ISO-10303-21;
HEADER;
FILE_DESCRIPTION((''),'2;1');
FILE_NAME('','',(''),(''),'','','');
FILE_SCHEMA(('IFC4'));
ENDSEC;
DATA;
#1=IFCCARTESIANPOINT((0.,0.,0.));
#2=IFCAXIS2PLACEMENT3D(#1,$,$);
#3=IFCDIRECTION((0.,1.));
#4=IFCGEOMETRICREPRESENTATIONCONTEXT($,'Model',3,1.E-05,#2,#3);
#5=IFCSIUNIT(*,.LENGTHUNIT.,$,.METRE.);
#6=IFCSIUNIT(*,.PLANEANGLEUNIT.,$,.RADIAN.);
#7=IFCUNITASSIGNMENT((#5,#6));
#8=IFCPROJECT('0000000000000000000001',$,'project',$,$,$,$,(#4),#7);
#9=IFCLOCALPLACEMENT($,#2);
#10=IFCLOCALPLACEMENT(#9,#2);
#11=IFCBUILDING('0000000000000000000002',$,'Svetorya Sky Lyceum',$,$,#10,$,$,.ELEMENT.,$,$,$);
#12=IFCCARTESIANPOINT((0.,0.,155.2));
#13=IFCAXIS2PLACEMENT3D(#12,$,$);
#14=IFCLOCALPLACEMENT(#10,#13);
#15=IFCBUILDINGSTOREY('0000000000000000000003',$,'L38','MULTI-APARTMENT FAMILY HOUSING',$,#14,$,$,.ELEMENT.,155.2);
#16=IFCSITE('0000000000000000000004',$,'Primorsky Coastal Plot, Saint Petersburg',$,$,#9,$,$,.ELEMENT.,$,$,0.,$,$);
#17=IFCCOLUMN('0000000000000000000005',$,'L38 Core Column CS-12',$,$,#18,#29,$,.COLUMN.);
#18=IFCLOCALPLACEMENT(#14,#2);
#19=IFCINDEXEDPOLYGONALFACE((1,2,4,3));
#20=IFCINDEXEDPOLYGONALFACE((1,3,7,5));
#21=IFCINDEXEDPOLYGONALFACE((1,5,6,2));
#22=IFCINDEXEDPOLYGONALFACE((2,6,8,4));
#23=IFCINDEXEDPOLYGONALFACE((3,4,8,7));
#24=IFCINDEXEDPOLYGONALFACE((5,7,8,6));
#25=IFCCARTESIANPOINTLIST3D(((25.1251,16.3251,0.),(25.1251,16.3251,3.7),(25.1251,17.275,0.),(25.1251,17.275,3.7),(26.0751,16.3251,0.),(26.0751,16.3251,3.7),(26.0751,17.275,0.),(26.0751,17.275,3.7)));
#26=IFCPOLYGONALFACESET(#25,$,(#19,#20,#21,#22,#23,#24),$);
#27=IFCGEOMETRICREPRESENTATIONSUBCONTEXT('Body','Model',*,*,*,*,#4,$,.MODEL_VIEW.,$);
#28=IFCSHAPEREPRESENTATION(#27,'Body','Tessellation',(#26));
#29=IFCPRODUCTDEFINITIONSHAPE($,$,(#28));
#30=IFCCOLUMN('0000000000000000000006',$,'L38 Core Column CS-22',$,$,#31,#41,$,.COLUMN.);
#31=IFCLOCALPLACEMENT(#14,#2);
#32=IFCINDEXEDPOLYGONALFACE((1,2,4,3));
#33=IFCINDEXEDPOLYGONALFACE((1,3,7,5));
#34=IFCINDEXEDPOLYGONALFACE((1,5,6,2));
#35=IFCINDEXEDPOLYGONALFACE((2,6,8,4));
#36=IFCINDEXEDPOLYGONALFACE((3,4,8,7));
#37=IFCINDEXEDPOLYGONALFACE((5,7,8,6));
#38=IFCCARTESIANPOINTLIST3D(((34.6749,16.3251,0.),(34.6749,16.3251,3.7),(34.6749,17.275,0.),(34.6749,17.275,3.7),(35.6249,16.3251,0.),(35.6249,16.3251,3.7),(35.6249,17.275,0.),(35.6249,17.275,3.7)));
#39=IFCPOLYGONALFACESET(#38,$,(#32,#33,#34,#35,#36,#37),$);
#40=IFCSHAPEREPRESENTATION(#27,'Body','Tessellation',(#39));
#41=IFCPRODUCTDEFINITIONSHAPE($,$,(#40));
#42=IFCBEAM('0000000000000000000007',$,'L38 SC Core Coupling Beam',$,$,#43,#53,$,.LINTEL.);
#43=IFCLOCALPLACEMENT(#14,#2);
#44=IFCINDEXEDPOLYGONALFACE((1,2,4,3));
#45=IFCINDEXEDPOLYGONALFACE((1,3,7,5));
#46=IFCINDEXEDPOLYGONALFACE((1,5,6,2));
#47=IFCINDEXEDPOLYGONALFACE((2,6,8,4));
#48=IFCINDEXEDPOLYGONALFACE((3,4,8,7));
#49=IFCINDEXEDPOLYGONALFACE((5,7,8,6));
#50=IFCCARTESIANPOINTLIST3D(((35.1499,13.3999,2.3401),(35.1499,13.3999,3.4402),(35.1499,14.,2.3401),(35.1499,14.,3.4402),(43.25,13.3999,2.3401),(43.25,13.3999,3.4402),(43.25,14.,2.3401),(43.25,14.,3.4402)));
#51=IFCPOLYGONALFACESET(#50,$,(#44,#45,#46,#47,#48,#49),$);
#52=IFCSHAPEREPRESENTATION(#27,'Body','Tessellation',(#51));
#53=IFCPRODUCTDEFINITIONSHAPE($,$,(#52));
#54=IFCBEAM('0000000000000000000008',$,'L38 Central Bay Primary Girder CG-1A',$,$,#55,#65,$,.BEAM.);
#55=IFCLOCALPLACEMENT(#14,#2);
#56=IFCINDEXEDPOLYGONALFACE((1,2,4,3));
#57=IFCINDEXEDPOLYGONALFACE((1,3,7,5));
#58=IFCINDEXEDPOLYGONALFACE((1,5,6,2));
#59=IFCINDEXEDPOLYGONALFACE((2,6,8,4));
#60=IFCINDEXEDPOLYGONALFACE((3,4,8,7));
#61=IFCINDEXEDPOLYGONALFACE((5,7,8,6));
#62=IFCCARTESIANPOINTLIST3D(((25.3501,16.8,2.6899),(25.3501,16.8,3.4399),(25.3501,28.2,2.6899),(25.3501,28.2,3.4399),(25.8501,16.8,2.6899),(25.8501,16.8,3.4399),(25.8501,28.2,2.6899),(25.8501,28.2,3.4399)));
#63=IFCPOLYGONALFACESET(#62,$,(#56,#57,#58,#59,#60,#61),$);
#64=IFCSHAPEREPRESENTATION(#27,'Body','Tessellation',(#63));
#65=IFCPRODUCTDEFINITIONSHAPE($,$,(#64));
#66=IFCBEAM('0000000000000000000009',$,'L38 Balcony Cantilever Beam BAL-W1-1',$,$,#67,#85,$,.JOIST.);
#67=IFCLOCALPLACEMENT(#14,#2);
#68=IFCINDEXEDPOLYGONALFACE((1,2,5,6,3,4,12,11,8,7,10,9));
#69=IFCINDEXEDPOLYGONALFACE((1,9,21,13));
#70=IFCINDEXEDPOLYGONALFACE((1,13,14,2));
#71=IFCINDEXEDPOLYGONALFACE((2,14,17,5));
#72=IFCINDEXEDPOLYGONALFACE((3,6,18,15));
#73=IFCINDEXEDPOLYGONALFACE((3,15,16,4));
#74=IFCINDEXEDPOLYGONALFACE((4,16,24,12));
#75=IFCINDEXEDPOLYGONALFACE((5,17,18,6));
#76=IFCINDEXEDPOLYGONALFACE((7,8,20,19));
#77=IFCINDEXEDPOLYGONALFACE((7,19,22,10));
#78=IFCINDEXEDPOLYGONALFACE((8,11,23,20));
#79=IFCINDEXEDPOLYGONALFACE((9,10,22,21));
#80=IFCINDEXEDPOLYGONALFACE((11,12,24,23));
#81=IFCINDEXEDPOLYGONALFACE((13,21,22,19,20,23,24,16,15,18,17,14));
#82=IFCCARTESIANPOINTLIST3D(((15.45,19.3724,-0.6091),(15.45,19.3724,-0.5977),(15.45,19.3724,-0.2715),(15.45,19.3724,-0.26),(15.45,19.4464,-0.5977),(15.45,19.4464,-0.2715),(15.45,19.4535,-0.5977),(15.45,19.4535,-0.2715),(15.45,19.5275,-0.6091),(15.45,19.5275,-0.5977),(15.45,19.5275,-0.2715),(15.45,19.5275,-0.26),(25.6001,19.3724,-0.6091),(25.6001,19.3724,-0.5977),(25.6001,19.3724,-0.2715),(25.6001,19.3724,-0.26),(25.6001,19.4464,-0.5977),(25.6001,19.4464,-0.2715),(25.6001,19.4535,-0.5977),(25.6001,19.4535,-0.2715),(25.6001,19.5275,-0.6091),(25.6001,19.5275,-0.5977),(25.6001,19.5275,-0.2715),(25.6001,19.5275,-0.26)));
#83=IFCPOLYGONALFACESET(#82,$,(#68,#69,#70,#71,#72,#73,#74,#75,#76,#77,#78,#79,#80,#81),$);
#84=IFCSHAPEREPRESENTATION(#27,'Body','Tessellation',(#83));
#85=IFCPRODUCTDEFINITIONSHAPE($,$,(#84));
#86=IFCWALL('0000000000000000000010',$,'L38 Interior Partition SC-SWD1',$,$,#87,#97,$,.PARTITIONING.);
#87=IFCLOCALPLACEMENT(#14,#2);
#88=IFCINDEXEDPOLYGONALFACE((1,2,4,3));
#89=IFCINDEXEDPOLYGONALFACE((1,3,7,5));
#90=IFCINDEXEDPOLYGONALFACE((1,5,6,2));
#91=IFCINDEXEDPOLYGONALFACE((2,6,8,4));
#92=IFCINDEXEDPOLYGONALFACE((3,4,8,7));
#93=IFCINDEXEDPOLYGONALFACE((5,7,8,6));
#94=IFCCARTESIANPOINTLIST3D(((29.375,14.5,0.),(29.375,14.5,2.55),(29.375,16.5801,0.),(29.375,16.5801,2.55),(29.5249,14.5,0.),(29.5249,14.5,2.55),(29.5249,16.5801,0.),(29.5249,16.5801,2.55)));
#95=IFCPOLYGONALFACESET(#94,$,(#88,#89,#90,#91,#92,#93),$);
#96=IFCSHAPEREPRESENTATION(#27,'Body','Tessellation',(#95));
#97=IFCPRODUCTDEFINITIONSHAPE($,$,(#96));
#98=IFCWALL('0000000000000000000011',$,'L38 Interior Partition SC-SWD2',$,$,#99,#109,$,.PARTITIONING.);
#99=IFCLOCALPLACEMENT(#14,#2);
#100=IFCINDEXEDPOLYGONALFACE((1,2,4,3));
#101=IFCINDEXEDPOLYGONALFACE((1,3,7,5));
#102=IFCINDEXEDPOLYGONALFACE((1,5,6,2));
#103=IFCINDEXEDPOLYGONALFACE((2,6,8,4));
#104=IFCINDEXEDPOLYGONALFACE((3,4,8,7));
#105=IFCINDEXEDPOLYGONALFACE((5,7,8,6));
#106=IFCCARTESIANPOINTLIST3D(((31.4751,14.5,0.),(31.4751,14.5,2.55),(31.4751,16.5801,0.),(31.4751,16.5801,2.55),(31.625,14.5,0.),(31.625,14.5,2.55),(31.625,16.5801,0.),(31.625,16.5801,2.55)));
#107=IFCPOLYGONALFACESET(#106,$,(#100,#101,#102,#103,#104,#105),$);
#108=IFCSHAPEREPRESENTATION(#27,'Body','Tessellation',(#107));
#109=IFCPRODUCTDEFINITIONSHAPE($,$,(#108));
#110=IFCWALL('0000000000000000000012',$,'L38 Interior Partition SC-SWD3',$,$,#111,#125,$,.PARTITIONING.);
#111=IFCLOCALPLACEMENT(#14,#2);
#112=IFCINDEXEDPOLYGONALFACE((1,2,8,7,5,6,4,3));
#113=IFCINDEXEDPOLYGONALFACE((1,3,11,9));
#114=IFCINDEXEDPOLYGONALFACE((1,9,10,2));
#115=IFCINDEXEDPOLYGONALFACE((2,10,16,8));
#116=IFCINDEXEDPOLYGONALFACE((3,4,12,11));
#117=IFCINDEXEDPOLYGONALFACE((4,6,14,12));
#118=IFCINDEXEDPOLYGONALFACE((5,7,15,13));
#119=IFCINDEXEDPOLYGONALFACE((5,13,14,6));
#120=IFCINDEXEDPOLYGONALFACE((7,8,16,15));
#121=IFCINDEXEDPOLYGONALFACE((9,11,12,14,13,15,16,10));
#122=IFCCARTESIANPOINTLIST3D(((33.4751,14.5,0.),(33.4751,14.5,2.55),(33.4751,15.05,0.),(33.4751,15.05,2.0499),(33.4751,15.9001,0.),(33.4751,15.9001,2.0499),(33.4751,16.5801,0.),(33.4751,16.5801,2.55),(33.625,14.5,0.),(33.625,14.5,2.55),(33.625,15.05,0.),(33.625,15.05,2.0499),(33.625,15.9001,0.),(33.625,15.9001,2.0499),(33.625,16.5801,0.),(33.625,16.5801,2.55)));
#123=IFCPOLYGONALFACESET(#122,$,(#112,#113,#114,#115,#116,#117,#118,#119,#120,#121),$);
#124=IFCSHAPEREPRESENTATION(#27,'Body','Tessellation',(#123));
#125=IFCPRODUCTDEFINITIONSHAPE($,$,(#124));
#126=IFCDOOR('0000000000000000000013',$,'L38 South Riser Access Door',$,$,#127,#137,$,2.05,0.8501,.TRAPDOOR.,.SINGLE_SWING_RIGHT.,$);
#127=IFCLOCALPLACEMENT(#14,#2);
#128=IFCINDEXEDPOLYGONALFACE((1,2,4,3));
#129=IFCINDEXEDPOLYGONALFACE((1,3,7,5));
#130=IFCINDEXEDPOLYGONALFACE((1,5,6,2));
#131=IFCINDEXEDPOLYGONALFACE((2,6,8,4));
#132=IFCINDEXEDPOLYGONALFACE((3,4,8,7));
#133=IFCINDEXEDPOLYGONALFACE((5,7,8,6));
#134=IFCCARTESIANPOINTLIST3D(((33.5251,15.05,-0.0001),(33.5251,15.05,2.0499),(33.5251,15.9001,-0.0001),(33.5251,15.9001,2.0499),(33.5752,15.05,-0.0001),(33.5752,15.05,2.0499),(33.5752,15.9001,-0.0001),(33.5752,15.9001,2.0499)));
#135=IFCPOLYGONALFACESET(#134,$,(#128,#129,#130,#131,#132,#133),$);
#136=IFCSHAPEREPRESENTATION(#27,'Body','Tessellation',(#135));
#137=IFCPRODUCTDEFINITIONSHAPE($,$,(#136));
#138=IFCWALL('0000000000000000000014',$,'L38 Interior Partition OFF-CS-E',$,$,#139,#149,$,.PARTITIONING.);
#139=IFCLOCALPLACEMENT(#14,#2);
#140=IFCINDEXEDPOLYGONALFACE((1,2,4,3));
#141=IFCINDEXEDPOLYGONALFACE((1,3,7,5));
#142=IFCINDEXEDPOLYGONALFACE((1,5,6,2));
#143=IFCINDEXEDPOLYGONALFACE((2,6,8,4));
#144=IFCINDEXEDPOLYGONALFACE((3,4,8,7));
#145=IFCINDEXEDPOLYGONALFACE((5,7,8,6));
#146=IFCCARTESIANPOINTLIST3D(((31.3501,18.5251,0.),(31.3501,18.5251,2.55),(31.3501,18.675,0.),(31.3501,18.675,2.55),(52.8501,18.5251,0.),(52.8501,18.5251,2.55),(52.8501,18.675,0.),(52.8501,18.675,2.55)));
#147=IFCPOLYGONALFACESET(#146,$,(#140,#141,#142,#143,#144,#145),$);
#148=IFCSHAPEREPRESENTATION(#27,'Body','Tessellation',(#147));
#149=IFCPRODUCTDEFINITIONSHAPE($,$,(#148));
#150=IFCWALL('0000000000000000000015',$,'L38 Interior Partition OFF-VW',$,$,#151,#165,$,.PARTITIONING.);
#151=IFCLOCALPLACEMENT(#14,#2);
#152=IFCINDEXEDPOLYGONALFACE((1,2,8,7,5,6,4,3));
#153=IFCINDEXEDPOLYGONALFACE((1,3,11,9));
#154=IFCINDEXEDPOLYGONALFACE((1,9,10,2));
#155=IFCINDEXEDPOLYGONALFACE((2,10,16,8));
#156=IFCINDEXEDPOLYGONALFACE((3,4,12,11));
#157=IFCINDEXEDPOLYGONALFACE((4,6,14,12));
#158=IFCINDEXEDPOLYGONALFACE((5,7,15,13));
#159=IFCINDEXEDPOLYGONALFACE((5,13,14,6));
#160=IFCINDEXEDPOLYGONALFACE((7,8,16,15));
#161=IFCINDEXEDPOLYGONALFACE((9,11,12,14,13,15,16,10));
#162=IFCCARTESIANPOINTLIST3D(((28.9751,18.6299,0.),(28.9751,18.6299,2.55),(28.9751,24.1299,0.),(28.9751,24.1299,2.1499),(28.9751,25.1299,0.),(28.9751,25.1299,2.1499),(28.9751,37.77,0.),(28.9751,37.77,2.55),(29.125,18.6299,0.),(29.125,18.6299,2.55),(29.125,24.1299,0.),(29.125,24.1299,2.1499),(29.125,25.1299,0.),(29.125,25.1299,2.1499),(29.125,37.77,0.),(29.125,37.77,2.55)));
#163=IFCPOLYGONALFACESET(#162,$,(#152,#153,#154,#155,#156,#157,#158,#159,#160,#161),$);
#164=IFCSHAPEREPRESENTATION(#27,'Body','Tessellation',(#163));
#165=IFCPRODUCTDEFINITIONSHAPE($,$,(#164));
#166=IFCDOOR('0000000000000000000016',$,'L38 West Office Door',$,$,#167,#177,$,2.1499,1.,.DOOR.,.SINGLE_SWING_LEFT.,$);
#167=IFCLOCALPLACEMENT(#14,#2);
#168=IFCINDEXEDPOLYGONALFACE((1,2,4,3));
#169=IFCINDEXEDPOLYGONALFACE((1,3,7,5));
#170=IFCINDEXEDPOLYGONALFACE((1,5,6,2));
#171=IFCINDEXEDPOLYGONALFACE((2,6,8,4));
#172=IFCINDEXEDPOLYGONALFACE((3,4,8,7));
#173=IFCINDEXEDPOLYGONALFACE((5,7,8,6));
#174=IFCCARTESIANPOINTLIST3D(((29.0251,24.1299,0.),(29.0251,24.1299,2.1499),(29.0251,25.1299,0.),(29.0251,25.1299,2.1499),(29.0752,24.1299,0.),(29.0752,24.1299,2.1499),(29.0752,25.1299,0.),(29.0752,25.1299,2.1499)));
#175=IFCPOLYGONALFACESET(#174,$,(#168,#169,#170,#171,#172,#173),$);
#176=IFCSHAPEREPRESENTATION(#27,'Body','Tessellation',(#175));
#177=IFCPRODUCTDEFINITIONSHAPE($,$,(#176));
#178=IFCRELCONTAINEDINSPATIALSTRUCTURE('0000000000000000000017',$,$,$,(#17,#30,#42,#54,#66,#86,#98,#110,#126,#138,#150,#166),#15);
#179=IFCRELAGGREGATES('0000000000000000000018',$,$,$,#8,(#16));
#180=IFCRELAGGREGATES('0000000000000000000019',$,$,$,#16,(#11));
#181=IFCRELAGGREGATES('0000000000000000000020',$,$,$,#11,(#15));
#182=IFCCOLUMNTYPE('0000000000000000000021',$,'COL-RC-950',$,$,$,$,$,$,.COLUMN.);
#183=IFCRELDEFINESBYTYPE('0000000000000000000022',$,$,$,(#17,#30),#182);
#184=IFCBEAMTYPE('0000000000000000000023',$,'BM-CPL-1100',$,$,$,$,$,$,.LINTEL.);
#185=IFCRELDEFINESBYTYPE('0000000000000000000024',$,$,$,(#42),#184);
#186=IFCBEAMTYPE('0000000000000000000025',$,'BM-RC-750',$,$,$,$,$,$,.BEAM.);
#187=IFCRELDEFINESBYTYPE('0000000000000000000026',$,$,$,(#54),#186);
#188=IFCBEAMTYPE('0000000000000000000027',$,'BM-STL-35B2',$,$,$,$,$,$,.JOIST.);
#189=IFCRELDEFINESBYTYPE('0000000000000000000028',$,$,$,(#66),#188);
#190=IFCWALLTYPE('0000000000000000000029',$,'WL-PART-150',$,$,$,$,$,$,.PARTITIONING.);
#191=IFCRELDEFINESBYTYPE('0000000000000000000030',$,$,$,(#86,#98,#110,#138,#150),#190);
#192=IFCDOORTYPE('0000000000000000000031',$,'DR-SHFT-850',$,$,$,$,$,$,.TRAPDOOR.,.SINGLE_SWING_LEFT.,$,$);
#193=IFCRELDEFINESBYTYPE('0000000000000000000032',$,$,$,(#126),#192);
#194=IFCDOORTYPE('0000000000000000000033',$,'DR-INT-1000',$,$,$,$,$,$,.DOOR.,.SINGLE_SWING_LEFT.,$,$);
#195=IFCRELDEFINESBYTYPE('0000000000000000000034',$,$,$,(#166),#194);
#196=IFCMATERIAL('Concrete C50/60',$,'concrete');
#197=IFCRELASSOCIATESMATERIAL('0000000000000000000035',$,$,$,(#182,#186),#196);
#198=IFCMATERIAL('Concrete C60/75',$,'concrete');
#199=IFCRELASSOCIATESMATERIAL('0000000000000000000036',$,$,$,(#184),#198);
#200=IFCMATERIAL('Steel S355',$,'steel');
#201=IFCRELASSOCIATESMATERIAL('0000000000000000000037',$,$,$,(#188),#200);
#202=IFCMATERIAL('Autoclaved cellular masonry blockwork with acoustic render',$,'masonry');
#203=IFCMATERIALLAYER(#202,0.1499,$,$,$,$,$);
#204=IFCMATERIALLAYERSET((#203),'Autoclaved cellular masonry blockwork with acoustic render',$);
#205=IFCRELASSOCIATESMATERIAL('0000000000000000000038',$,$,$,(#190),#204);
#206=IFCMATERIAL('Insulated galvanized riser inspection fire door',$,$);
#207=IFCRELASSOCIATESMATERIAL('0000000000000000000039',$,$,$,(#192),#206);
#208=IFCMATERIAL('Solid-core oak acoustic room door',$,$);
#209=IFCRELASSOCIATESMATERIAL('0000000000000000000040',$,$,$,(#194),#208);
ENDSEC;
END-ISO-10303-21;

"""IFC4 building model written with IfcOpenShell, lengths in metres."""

from ifc_helpers import new_model, si_unit, direction, frame, frame_2d, origin, origin_2d, place, context, subcontext, project, spatial, rectangle, i_section, extrude, material, layer, layer_set, material_profile, profile_set, type_object, element, fill, save


model = new_model("IFC4")

# Units and contexts
model_context = context("Model", 3, precision=1e-05, world=origin(), true_north=direction((0.0, 1.0)))
body_context = subcontext(model_context, "Body", "Model", "MODEL_VIEW")
ifc_project = project(units=[si_unit("LENGTHUNIT", "METRE"), si_unit("PLANEANGLEUNIT", "RADIAN")], contexts=[model_context])

# Site, building, storey
site_placement = place(None, origin())
site = spatial("IfcSite", under=ifc_project, at=site_placement, Name="Primorsky Coastal Plot, Saint Petersburg", CompositionType="ELEMENT", RefElevation=0.0)
building_placement = place(site_placement, origin())
building = spatial("IfcBuilding", under=site, at=building_placement, Name="Svetorya Sky Lyceum", CompositionType="ELEMENT")
storey_placement = place(building_placement, frame((0.0, 0.0, 155.2)))
storey = spatial("IfcBuildingStorey", under=building, at=storey_placement, Name="L38", Description="MULTI-APARTMENT FAMILY HOUSING", CompositionType="ELEMENT", Elevation=155.2)

# Columns
ifc_material_1 = material(Name="Concrete C50/60", Category="concrete")
ifc_material_profile_1 = material_profile(ifc_material_1, rectangle(XDim=0.95, YDim=0.95, at=origin_2d()), Name="RC COL 950x950")
ifc_profile_set_1 = profile_set([ifc_material_profile_1], Name="Concrete C50/60")
column_type = type_object("IfcColumnType", Name="COL-RC-950", PredefinedType="COLUMN", material=ifc_profile_set_1)
for number, where, z_axis, x_axis, name in (
    (1, (25.6001, 16.8, 0.0), (0.0, 0.0, 1.0), (1.0, 0.0, 0.0), "L38 Core Column CS-12"),
    (2, (35.1499, 16.8, 0.0), (0.0, 0.0, 1.0), (1.0, 0.0, 0.0), "L38 Core Column CS-22"),
):
    element("IfcColumn", number, at=place(storey_placement, frame(where, z_axis=z_axis, x_axis=x_axis)), inside=storey, type_object=column_type, Name=name, PredefinedType="COLUMN", context=body_context, shape_type="SweptSolid", body=[
        extrude(rectangle(XDim=0.95, YDim=0.95, at=origin_2d()), origin(), (0.0, 0.0, 1.0), 3.7),
    ])

# Beams
ifc_material_2 = material(Name="Concrete C60/75", Category="concrete")
ifc_material_profile_2 = material_profile(ifc_material_2, rectangle(XDim=0.6001, YDim=1.1001, at=origin_2d()), Name="RC COUPLING 600x1100")
ifc_profile_set_2 = profile_set([ifc_material_profile_2], Name="Concrete C60/75")
beam_type_1 = type_object("IfcBeamType", Name="BM-CPL-1100", PredefinedType="LINTEL", material=ifc_profile_set_2)
beam_1_placement = place(storey_placement, frame((35.1499, 13.7, 2.8901), z_axis=(1.0, 0.0, 0.0), x_axis=(0.0, 1.0, 0.0)))
element("IfcBeam", 3, at=beam_1_placement, inside=storey, type_object=beam_type_1, Name="L38 SC Core Coupling Beam", PredefinedType="LINTEL", context=body_context, shape_type="SweptSolid", body=[
    extrude(rectangle(XDim=0.6001, YDim=1.1001, at=origin_2d()), origin(), (0.0, 0.0, 1.0), 8.1001),
])
ifc_material_profile_3 = material_profile(ifc_material_1, rectangle(XDim=0.5, YDim=0.75, at=origin_2d()), Name="RC BEAM 500x750")
ifc_profile_set_3 = profile_set([ifc_material_profile_3], Name="Concrete C50/60")
beam_type_2 = type_object("IfcBeamType", Name="BM-RC-750", PredefinedType="BEAM", material=ifc_profile_set_3)
beam_2_placement = place(storey_placement, frame((25.6001, 16.8, 3.0649), z_axis=(0.0, 1.0, 0.0), x_axis=(-1.0, 0.0, 0.0)))
element("IfcBeam", 4, at=beam_2_placement, inside=storey, type_object=beam_type_2, Name="L38 Central Bay Primary Girder CG-1A", PredefinedType="BEAM", context=body_context, shape_type="SweptSolid", body=[
    extrude(rectangle(XDim=0.5, YDim=0.75, at=origin_2d()), origin(), (0.0, 0.0, 1.0), 11.3999),
])
ifc_material_3 = material(Name="Steel S355", Category="steel")
ifc_material_profile_4 = material_profile(ifc_material_3, i_section(OverallWidth=0.155, OverallDepth=0.3491, WebThickness=0.0071, FlangeThickness=0.0115, at=origin_2d()), Name="GOST 35B2")
ifc_profile_set_4 = profile_set([ifc_material_profile_4], Name="Steel S355")
beam_type_3 = type_object("IfcBeamType", Name="BM-STL-35B2", PredefinedType="JOIST", material=ifc_profile_set_4)
beam_3_placement = place(storey_placement, frame((25.6001, 19.45, -0.4346), z_axis=(-1.0, 0.0, 0.0), x_axis=(0.0, -1.0, 0.0)))
element("IfcBeam", 5, at=beam_3_placement, inside=storey, type_object=beam_type_3, Name="L38 Balcony Cantilever Beam BAL-W1-1", PredefinedType="JOIST", context=body_context, shape_type="SweptSolid", body=[
    extrude(i_section(OverallWidth=0.155, OverallDepth=0.3491, WebThickness=0.0071, FlangeThickness=0.0115, at=origin_2d()), origin(), (0.0, 0.0, 1.0), 10.1501),
])

# Walls
ifc_material_4 = material(Name="Autoclaved cellular masonry blockwork with acoustic render", Category="masonry")
ifc_layer_1 = layer(ifc_material_4, 0.1499)
ifc_layer_set_1 = layer_set([ifc_layer_1], Name="Autoclaved cellular masonry blockwork with acoustic render")
wall_type_1 = type_object("IfcWallType", Name="WL-PART-150", PredefinedType="PARTITIONING", material=ifc_layer_set_1)
for number, where, z_axis, x_axis, name in (
    (6, (29.45, 14.5, 0.0), (0.0, 0.0, 1.0), (0.0, 1.0, 0.0), "L38 Interior Partition SC-SWD1"),
    (7, (31.55, 14.5, 0.0), (0.0, 0.0, 1.0), (0.0, 1.0, 0.0), "L38 Interior Partition SC-SWD2"),
):
    element("IfcWall", number, at=place(storey_placement, frame(where, z_axis=z_axis, x_axis=x_axis)), inside=storey, type_object=wall_type_1, Name=name, PredefinedType="PARTITIONING", context=body_context, shape_type="SweptSolid", body=[
        extrude(rectangle(XDim=2.0801, YDim=0.1499, at=frame_2d((1.04, 0.0))), origin(), (0.0, 0.0, 1.0), 2.55),
    ])

# Wall, opening, door
wall_1_placement = place(storey_placement, frame((33.55, 14.5, 0.0), z_axis=(0.0, 0.0, 1.0), x_axis=(0.0, 1.0, 0.0)))
wall_1 = element("IfcWall", 8, at=wall_1_placement, inside=storey, type_object=wall_type_1, Name="L38 Interior Partition SC-SWD3", PredefinedType="PARTITIONING", context=body_context, shape_type="SweptSolid", body=[
    extrude(rectangle(XDim=2.0801, YDim=0.1499, at=frame_2d((1.04, 0.0))), origin(), (0.0, 0.0, 1.0), 2.55),
])
opening_1_placement = place(wall_1_placement, frame((0.55, 0.0, 0.0)))
opening_1 = element("IfcOpeningElement", 9, at=opening_1_placement, cuts=wall_1, PredefinedType="OPENING", context=body_context, shape_type="SweptSolid", body=[
    extrude(rectangle(XDim=0.8501, YDim=2.05, at=frame_2d((0.425, 1.0249))), frame((0.0, 0.085, 0.0), z_axis=(0.0, -1.0, 0.0), x_axis=(1.0, 0.0, 0.0)), (0.0, 0.0, 1.0), 0.1699),
])
ifc_material_5 = material(Name="Insulated galvanized riser inspection fire door")
door_type_1 = type_object("IfcDoorType", Name="DR-SHFT-850", OperationType="SINGLE_SWING_LEFT", PredefinedType="TRAPDOOR", material=ifc_material_5)
door_1_placement = place(opening_1_placement, origin())
door_1 = element("IfcDoor", 10, at=door_1_placement, inside=storey, type_object=door_type_1, Name="L38 South Riser Access Door", OperationType="SINGLE_SWING_RIGHT", OverallHeight=2.05, OverallWidth=0.8501, PredefinedType="TRAPDOOR", context=body_context, shape_type="SweptSolid", body=[
    extrude(rectangle(XDim=0.8501, YDim=2.05, at=frame_2d((0.425, 1.0249))), frame((0.0, 0.0249, 0.0), z_axis=(0.0, -1.0, 0.0), x_axis=(1.0, 0.0, 0.0)), (0.0, 0.0, 1.0), 0.05),
])
fill(opening_1, door_1)

# Wall
wall_2_placement = place(storey_placement, frame((31.3501, 18.6001, 0.0), z_axis=(0.0, 0.0, 1.0), x_axis=(1.0, 0.0, 0.0)))
element("IfcWall", 11, at=wall_2_placement, inside=storey, type_object=wall_type_1, Name="L38 Interior Partition OFF-CS-E", PredefinedType="PARTITIONING", context=body_context, shape_type="SweptSolid", body=[
    extrude(rectangle(XDim=21.5, YDim=0.1499, at=frame_2d((10.75, 0.0))), origin(), (0.0, 0.0, 1.0), 2.55),
])

# Wall, opening, door
wall_3_placement = place(storey_placement, frame((29.05, 18.6299, 0.0), z_axis=(0.0, 0.0, 1.0), x_axis=(0.0, 1.0, 0.0)))
wall_3 = element("IfcWall", 12, at=wall_3_placement, inside=storey, type_object=wall_type_1, Name="L38 Interior Partition OFF-VW", PredefinedType="PARTITIONING", context=body_context, shape_type="SweptSolid", body=[
    extrude(rectangle(XDim=19.1401, YDim=0.1499, at=frame_2d((9.5701, 0.0))), origin(), (0.0, 0.0, 1.0), 2.55),
])
opening_2_placement = place(wall_3_placement, frame((5.5, 0.0, 0.0)))
opening_2 = element("IfcOpeningElement", 13, at=opening_2_placement, cuts=wall_3, PredefinedType="OPENING", context=body_context, shape_type="SweptSolid", body=[
    extrude(rectangle(XDim=1.0, YDim=2.1499, at=frame_2d((0.5, 1.075))), frame((0.0, 0.085, 0.0), z_axis=(0.0, -1.0, 0.0), x_axis=(1.0, 0.0, 0.0)), (0.0, 0.0, 1.0), 0.1699),
])
ifc_material_6 = material(Name="Solid-core oak acoustic room door")
door_type_2 = type_object("IfcDoorType", Name="DR-INT-1000", OperationType="SINGLE_SWING_LEFT", PredefinedType="DOOR", material=ifc_material_6)
door_2_placement = place(opening_2_placement, origin())
door_2 = element("IfcDoor", 14, at=door_2_placement, inside=storey, type_object=door_type_2, Name="L38 West Office Door", OperationType="SINGLE_SWING_LEFT", OverallHeight=2.1499, OverallWidth=1.0, PredefinedType="DOOR", context=body_context, shape_type="SweptSolid", body=[
    extrude(rectangle(XDim=1.0, YDim=2.1499, at=frame_2d((0.5, 1.075))), frame((0.0, 0.0249, 0.0), z_axis=(0.0, -1.0, 0.0), x_axis=(1.0, 0.0, 0.0)), (0.0, 0.0, 1.0), 0.05),
])
fill(opening_2, door_2)

save(model, "model.ifc")
